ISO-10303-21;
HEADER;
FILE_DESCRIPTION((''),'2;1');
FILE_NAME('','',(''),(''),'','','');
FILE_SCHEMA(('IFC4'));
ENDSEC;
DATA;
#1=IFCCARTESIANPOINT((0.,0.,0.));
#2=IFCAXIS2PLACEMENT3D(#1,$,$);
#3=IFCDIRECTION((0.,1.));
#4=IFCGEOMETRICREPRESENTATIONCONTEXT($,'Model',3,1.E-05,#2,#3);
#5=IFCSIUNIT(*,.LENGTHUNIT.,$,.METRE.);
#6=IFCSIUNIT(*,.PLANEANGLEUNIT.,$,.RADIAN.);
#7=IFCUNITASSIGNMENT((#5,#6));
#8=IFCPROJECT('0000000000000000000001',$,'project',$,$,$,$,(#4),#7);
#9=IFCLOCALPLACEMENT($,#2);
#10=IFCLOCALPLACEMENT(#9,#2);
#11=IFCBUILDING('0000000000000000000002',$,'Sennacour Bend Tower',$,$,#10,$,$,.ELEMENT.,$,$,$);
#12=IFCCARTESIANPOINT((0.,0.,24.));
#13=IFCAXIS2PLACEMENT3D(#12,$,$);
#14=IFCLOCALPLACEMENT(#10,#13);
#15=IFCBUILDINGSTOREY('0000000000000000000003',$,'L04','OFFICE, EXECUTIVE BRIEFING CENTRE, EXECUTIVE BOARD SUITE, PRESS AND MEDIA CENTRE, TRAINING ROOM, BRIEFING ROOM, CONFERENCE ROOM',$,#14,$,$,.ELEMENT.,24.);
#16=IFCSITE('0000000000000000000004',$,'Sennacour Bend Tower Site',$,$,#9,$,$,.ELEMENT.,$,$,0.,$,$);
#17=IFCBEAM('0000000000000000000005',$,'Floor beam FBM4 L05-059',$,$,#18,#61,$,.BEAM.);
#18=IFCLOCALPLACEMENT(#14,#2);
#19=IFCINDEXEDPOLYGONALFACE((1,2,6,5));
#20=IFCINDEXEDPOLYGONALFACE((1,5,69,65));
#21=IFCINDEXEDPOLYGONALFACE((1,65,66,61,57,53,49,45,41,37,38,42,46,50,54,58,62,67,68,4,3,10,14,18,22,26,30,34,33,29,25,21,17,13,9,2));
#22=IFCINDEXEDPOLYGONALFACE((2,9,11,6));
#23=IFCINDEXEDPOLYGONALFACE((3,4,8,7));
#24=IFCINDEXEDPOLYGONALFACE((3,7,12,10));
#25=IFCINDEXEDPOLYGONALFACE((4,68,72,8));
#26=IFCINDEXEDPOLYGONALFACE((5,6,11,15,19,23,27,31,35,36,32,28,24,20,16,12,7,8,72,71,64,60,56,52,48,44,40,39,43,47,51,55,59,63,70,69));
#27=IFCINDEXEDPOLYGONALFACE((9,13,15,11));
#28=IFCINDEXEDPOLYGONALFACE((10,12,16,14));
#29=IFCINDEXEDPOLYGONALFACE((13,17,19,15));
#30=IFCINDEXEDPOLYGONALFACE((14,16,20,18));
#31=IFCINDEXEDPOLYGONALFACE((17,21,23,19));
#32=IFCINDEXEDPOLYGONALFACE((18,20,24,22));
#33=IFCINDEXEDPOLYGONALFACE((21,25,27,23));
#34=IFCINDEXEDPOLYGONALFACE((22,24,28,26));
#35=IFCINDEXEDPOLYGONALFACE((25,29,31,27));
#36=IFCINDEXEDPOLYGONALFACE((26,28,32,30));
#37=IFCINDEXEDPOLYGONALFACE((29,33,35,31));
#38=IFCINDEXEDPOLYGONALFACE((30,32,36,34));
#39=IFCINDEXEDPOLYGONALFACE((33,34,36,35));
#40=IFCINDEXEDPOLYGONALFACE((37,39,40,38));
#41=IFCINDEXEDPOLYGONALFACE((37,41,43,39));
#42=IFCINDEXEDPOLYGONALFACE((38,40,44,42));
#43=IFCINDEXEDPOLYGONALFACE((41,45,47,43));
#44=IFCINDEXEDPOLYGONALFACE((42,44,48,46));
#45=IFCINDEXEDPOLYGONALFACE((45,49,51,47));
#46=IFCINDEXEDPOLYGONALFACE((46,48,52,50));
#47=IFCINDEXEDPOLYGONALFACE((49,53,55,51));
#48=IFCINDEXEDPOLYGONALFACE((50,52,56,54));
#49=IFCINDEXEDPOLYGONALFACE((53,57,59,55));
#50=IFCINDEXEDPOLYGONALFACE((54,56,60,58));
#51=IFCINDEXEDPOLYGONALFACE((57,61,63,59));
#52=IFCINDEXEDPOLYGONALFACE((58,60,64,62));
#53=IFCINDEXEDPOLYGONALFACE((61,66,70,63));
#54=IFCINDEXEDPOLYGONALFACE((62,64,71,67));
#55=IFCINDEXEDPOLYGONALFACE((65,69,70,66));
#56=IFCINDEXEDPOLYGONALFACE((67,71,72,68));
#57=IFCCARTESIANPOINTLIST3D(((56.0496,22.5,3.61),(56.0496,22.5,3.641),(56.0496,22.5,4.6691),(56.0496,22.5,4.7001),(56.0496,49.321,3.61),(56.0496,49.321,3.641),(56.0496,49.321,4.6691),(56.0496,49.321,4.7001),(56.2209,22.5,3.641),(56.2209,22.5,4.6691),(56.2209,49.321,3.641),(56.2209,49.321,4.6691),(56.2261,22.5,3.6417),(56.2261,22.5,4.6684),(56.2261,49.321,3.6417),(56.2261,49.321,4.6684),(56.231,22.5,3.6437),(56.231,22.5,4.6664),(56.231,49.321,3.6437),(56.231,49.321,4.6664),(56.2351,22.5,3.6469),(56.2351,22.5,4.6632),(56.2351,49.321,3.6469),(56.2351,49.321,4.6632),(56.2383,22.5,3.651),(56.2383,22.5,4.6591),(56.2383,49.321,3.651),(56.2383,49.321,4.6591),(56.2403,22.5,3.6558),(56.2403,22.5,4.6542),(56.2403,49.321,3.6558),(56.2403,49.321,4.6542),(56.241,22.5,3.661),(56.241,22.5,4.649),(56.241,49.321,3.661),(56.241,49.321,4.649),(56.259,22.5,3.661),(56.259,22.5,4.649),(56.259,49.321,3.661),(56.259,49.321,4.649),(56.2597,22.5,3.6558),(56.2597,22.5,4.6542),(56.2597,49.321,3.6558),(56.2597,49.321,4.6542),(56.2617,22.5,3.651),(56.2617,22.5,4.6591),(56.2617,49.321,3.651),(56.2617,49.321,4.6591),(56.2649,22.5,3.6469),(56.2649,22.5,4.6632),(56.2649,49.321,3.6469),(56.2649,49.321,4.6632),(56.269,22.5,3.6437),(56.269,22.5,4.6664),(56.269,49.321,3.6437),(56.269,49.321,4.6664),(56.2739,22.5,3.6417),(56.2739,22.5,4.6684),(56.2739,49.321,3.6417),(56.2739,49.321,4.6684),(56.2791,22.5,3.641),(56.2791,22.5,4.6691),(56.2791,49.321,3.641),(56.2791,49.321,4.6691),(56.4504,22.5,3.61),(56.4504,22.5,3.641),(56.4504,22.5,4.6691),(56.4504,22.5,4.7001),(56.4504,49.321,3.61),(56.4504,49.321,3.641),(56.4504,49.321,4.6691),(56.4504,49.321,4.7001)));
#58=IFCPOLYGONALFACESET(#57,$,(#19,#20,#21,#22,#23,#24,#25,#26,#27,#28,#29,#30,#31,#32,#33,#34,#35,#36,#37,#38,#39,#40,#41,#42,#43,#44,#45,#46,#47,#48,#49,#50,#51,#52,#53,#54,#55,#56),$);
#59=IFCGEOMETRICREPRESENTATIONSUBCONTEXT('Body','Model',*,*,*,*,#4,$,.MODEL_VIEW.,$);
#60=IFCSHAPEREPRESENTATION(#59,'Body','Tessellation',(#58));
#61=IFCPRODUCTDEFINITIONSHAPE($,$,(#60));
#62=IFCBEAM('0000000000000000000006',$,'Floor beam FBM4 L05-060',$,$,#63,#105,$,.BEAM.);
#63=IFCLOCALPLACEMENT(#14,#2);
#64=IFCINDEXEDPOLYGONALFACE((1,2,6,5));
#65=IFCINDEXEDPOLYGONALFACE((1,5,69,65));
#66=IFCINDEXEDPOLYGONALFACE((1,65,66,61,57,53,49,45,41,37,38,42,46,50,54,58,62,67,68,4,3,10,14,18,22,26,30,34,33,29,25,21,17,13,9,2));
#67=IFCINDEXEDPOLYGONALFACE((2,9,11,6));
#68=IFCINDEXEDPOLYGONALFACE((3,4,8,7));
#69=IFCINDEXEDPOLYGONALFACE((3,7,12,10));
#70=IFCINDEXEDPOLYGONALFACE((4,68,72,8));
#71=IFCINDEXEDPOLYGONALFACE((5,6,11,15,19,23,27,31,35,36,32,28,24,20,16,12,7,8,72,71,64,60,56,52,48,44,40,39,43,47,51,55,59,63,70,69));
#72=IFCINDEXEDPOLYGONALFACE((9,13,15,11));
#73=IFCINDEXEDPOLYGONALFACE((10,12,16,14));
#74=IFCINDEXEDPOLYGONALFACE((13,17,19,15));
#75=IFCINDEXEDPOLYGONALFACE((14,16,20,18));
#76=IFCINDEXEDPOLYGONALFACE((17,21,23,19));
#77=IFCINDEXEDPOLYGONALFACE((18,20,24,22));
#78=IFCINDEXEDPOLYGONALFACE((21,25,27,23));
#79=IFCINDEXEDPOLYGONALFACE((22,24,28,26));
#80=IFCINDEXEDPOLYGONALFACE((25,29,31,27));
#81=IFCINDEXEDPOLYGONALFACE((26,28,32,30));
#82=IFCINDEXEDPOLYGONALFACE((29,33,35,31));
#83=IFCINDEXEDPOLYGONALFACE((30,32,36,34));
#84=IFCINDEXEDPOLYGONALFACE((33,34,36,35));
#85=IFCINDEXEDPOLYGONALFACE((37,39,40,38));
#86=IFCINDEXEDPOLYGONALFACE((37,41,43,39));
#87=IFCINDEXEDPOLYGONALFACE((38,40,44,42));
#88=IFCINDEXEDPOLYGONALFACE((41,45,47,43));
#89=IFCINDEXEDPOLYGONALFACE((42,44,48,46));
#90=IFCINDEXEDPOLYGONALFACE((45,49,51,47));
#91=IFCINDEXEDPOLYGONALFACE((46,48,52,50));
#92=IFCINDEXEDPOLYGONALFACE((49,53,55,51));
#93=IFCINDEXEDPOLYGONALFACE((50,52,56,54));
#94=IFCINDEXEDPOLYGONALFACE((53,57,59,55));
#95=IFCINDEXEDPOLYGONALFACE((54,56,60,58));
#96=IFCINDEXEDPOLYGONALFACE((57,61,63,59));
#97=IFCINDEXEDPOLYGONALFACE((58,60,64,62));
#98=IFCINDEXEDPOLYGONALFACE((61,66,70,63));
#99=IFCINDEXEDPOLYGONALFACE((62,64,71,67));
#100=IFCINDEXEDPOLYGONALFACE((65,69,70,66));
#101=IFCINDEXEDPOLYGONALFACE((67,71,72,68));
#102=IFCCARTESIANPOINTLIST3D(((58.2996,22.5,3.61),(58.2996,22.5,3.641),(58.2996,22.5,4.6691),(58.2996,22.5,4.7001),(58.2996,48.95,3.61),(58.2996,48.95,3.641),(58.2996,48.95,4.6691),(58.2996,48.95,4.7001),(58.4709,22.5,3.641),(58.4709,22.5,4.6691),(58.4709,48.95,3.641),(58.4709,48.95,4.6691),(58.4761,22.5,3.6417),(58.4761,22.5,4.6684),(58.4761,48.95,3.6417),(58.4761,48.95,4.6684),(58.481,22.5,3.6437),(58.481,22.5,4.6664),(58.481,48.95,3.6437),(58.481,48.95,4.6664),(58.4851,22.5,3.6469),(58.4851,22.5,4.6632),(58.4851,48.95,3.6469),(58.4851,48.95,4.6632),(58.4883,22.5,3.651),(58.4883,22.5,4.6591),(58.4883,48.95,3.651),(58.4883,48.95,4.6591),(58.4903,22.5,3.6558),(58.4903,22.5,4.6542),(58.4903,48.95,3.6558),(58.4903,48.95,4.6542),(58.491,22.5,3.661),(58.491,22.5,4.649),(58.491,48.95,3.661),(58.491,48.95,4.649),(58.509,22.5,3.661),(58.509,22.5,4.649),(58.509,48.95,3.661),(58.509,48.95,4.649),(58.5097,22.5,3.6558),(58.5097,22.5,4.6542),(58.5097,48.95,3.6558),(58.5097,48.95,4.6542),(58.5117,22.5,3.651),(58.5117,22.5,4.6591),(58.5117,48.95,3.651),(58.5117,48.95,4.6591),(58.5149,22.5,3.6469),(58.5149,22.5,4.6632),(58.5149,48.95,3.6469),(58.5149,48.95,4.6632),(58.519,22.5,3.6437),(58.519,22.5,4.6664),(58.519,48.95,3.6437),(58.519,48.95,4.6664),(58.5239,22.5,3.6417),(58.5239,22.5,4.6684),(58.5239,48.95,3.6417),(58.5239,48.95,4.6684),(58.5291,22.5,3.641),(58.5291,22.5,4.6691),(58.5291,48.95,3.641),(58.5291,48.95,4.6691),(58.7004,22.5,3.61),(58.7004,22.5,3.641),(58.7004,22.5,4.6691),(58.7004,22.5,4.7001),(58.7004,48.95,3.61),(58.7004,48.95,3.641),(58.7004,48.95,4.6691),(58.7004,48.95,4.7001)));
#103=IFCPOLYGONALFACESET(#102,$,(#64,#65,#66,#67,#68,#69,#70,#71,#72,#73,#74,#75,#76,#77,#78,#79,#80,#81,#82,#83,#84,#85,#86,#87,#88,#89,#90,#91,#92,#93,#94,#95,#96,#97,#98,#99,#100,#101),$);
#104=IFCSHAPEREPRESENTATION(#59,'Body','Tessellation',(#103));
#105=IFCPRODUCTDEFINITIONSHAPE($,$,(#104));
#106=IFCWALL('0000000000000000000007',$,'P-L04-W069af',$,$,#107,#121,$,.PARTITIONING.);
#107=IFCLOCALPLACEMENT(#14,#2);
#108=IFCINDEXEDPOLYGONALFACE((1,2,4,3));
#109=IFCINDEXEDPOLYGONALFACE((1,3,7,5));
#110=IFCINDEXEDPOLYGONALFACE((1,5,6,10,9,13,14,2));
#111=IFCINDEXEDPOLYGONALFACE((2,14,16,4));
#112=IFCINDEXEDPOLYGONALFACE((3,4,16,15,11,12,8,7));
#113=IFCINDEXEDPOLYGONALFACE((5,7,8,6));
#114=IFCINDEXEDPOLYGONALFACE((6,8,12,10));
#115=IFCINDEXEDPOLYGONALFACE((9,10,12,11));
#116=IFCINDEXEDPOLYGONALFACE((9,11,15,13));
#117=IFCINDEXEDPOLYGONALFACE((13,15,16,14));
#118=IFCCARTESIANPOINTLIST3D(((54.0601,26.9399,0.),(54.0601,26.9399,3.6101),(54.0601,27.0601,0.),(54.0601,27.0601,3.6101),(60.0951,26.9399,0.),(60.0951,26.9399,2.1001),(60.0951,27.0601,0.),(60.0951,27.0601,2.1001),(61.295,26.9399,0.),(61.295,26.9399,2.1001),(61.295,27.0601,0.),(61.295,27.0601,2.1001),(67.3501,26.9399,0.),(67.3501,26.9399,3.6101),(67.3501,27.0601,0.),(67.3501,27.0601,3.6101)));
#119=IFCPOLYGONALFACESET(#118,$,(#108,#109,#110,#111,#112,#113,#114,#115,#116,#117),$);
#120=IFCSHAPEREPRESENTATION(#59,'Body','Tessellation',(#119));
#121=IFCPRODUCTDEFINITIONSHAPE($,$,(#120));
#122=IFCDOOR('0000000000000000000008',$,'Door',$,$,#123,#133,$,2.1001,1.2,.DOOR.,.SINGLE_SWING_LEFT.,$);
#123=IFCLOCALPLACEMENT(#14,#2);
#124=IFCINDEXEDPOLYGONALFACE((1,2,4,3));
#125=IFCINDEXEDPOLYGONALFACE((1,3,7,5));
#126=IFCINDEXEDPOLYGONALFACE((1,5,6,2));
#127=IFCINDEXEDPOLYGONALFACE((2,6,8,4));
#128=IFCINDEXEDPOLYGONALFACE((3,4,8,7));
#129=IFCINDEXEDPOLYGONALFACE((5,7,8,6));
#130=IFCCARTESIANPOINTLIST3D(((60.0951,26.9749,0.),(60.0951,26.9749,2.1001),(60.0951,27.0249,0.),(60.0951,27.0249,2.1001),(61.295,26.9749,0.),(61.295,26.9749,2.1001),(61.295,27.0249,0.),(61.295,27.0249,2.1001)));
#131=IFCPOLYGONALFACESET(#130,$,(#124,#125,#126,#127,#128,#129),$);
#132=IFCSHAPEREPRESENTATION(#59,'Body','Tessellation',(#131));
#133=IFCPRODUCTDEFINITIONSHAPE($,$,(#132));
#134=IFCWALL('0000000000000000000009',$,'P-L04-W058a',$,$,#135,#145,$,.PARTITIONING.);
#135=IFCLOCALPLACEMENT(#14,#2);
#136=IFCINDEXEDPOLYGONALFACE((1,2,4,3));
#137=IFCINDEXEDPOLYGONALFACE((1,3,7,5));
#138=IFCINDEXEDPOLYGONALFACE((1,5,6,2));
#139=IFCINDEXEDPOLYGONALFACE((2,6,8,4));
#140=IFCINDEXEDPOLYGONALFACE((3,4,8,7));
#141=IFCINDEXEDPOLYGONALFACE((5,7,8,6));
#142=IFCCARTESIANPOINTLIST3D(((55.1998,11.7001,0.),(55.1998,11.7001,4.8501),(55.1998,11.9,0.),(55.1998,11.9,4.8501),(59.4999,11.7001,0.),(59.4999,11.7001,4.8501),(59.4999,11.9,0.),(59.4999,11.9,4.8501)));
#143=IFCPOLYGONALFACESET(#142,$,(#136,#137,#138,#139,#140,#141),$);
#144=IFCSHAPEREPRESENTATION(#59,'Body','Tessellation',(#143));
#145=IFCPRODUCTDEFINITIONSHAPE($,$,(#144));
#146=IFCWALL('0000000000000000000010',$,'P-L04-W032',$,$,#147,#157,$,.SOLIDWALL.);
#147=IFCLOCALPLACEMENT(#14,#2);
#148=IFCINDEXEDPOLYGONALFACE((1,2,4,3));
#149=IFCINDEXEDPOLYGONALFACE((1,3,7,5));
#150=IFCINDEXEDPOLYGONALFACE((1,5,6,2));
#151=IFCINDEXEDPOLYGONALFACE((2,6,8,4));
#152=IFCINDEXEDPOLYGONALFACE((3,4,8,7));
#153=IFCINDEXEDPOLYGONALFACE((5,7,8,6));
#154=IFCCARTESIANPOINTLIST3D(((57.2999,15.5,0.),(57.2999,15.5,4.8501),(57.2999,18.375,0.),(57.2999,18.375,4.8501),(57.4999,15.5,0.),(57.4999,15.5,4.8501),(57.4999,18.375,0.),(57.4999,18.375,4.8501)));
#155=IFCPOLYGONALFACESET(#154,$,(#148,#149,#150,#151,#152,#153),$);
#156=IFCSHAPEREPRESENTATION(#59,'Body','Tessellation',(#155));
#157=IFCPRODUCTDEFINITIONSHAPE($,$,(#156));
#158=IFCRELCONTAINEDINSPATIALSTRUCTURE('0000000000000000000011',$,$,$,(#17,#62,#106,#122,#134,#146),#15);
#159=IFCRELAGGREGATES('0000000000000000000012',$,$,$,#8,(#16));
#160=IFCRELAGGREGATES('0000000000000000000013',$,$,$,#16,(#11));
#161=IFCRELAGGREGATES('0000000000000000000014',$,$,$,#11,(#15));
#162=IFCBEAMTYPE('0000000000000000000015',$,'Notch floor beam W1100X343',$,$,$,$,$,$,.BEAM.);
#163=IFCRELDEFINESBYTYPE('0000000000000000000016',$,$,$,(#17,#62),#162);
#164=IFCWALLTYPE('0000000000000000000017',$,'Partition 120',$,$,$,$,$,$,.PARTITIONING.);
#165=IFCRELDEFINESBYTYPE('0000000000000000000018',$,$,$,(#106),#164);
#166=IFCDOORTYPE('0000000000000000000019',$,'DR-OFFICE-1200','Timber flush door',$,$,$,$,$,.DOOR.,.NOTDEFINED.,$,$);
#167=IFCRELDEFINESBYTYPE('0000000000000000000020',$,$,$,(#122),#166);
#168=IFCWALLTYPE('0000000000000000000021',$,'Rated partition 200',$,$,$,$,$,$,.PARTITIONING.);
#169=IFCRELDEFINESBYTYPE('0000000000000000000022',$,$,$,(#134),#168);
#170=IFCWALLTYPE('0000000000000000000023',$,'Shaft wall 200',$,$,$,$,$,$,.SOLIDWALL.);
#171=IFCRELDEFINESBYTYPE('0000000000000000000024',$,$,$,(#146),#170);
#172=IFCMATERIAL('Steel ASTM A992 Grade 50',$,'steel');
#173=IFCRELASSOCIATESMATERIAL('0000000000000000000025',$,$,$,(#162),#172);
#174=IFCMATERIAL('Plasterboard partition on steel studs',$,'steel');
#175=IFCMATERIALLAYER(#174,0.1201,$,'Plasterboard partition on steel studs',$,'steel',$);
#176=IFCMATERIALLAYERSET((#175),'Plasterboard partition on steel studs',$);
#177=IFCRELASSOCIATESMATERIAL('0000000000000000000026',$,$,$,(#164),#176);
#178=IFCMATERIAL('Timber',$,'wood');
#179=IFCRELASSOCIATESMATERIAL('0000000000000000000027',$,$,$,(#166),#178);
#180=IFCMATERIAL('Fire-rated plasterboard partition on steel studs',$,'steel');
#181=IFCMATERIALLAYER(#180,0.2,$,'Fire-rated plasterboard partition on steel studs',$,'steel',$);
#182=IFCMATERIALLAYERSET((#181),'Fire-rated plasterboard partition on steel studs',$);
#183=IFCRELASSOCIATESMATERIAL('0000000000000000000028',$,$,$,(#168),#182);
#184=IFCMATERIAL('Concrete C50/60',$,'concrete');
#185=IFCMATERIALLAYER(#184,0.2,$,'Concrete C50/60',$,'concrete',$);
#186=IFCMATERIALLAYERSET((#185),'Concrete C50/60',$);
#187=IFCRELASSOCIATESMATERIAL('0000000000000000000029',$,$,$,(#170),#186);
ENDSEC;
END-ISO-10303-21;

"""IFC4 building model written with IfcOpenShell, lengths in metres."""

from ifc_helpers import new_model, si_unit, direction, frame, frame_2d, origin, origin_2d, place, context, subcontext, project, spatial, rectangle, i_section, extrude, material, layer, layer_set, material_profile, profile_set, type_object, element, fill, save


model = new_model("IFC4")

# Units and contexts
model_context = context("Model", 3, precision=1e-05, world=origin(), true_north=direction((0.0, 1.0)))
body_context = subcontext(model_context, "Body", "Model", "MODEL_VIEW")
ifc_project = project(units=[si_unit("LENGTHUNIT", "METRE"), si_unit("PLANEANGLEUNIT", "RADIAN")], contexts=[model_context])

# Site, building, storey
site_placement = place(None, origin())
site = spatial("IfcSite", under=ifc_project, at=site_placement, Name="Sennacour Bend Tower Site", CompositionType="ELEMENT", RefElevation=0.0)
building_placement = place(site_placement, origin())
building = spatial("IfcBuilding", under=site, at=building_placement, Name="Sennacour Bend Tower", CompositionType="ELEMENT")
storey_placement = place(building_placement, frame((0.0, 0.0, 24.0)))
storey = spatial("IfcBuildingStorey", under=building, at=storey_placement, Name="L04", Description="OFFICE, EXECUTIVE BRIEFING CENTRE, EXECUTIVE BOARD SUITE, PRESS AND MEDIA CENTRE, TRAINING ROOM, BRIEFING ROOM, CONFERENCE ROOM", CompositionType="ELEMENT", Elevation=24.0)

# Beams
ifc_material_1 = material(Name="Steel ASTM A992 Grade 50", Category="steel")
ifc_material_profile = material_profile(ifc_material_1, i_section(OverallWidth=0.4009, OverallDepth=1.0901, WebThickness=0.0181, FlangeThickness=0.031, FilletRadius=0.02, at=origin_2d()), Name="Steel ASTM A992 Grade 50", Category="steel")
ifc_profile_set = profile_set([ifc_material_profile], Name="Steel ASTM A992 Grade 50")
beam_type = type_object("IfcBeamType", Name="Notch floor beam W1100X343", PredefinedType="BEAM", material=ifc_profile_set)
beam_1_placement = place(storey_placement, frame((56.25, 22.5, 4.155), z_axis=(0.0, 1.0, 0.0), x_axis=(-1.0, 0.0, 0.0)))
element("IfcBeam", 1, at=beam_1_placement, inside=storey, type_object=beam_type, Name="Floor beam FBM4 L05-059", PredefinedType="BEAM", context=body_context, shape_type="SweptSolid", body=[
    extrude(i_section(OverallWidth=0.4009, OverallDepth=1.0901, WebThickness=0.0181, FlangeThickness=0.031, FilletRadius=0.02, at=origin_2d()), origin(), (0.0, 0.0, 1.0), 26.821),
])
beam_2_placement = place(storey_placement, frame((58.5, 22.5, 4.155), z_axis=(0.0, 1.0, 0.0), x_axis=(-1.0, 0.0, 0.0)))
element("IfcBeam", 2, at=beam_2_placement, inside=storey, type_object=beam_type, Name="Floor beam FBM4 L05-060", PredefinedType="BEAM", context=body_context, shape_type="SweptSolid", body=[
    extrude(i_section(OverallWidth=0.4009, OverallDepth=1.0901, WebThickness=0.0181, FlangeThickness=0.031, FilletRadius=0.02, at=origin_2d()), origin(), (0.0, 0.0, 1.0), 26.45),
])

# Wall, opening, door
ifc_material_2 = material(Name="Plasterboard partition on steel studs", Category="steel")
ifc_layer_1 = layer(ifc_material_2, 0.1201, Name="Plasterboard partition on steel studs", Category="steel")
ifc_layer_set_1 = layer_set([ifc_layer_1], Name="Plasterboard partition on steel studs")
wall_type_1 = type_object("IfcWallType", Name="Partition 120", PredefinedType="PARTITIONING", material=ifc_layer_set_1)
wall_1_placement = place(storey_placement, frame((54.0601, 27.0, 0.0), z_axis=(0.0, 0.0, 1.0), x_axis=(1.0, 0.0, 0.0)))
wall_1 = element("IfcWall", 3, at=wall_1_placement, inside=storey, type_object=wall_type_1, Name="P-L04-W069af", PredefinedType="PARTITIONING", context=body_context, shape_type="SweptSolid", body=[
    extrude(rectangle(XDim=13.29, YDim=0.1201, at=frame_2d((6.645, 0.0))), origin(), (0.0, 0.0, 1.0), 3.6101),
])
opening_1_placement = place(wall_1_placement, frame((6.0349, 0.0, 0.0)))
opening_1 = element("IfcOpeningElement", 4, at=opening_1_placement, cuts=wall_1, PredefinedType="OPENING", context=body_context, shape_type="SweptSolid", body=[
    extrude(rectangle(XDim=1.2, YDim=2.1001, at=frame_2d((0.6001, 1.05))), frame((0.0, 0.0701, 0.0), z_axis=(0.0, -1.0, 0.0), x_axis=(1.0, 0.0, 0.0)), (0.0, 0.0, 1.0), 0.1401),
])
ifc_material_3 = material(Name="Timber", Category="wood")
door_type_1 = type_object("IfcDoorType", Name="DR-OFFICE-1200", Description="Timber flush door", OperationType="NOTDEFINED", PredefinedType="DOOR", material=ifc_material_3)
door_1_placement = place(opening_1_placement, origin())
door_1 = element("IfcDoor", 5, at=door_1_placement, inside=storey, type_object=door_type_1, Name="Door", OperationType="SINGLE_SWING_LEFT", OverallHeight=2.1001, OverallWidth=1.2, PredefinedType="DOOR", context=body_context, shape_type="SweptSolid", body=[
    extrude(rectangle(XDim=1.2, YDim=2.1001, at=frame_2d((0.6001, 1.05))), frame((0.0, 0.0249, 0.0), z_axis=(0.0, -1.0, 0.0), x_axis=(1.0, 0.0, 0.0)), (0.0, 0.0, 1.0), 0.05),
])
fill(opening_1, door_1)

# Walls
ifc_material_4 = material(Name="Fire-rated plasterboard partition on steel studs", Category="steel")
ifc_layer_2 = layer(ifc_material_4, 0.2, Name="Fire-rated plasterboard partition on steel studs", Category="steel")
ifc_layer_set_2 = layer_set([ifc_layer_2], Name="Fire-rated plasterboard partition on steel studs")
wall_type_2 = type_object("IfcWallType", Name="Rated partition 200", PredefinedType="PARTITIONING", material=ifc_layer_set_2)
wall_2_placement = place(storey_placement, frame((55.2, 11.8, 0.0), z_axis=(0.0, 0.0, 1.0), x_axis=(1.0, 0.0, 0.0)))
element("IfcWall", 6, at=wall_2_placement, inside=storey, type_object=wall_type_2, Name="P-L04-W058a", PredefinedType="PARTITIONING", context=body_context, shape_type="SweptSolid", body=[
    extrude(rectangle(XDim=4.3, YDim=0.2, at=frame_2d((2.1499, 0.0))), origin(), (0.0, 0.0, 1.0), 4.8501),
])
ifc_material_5 = material(Name="Concrete C50/60", Category="concrete")
ifc_layer_3 = layer(ifc_material_5, 0.2, Name="Concrete C50/60", Category="concrete")
ifc_layer_set_3 = layer_set([ifc_layer_3], Name="Concrete C50/60")
wall_type_3 = type_object("IfcWallType", Name="Shaft wall 200", PredefinedType="SOLIDWALL", material=ifc_layer_set_3)
wall_3_placement = place(storey_placement, frame((57.3999, 15.5, 0.0), z_axis=(0.0, 0.0, 1.0), x_axis=(0.0, 1.0, 0.0)))
element("IfcWall", 7, at=wall_3_placement, inside=storey, type_object=wall_type_3, Name="P-L04-W032", PredefinedType="SOLIDWALL", context=body_context, shape_type="SweptSolid", body=[
    extrude(rectangle(XDim=2.875, YDim=0.2, at=frame_2d((1.4375, 0.0))), origin(), (0.0, 0.0, 1.0), 4.8501),
])

save(model, "model.ifc")
